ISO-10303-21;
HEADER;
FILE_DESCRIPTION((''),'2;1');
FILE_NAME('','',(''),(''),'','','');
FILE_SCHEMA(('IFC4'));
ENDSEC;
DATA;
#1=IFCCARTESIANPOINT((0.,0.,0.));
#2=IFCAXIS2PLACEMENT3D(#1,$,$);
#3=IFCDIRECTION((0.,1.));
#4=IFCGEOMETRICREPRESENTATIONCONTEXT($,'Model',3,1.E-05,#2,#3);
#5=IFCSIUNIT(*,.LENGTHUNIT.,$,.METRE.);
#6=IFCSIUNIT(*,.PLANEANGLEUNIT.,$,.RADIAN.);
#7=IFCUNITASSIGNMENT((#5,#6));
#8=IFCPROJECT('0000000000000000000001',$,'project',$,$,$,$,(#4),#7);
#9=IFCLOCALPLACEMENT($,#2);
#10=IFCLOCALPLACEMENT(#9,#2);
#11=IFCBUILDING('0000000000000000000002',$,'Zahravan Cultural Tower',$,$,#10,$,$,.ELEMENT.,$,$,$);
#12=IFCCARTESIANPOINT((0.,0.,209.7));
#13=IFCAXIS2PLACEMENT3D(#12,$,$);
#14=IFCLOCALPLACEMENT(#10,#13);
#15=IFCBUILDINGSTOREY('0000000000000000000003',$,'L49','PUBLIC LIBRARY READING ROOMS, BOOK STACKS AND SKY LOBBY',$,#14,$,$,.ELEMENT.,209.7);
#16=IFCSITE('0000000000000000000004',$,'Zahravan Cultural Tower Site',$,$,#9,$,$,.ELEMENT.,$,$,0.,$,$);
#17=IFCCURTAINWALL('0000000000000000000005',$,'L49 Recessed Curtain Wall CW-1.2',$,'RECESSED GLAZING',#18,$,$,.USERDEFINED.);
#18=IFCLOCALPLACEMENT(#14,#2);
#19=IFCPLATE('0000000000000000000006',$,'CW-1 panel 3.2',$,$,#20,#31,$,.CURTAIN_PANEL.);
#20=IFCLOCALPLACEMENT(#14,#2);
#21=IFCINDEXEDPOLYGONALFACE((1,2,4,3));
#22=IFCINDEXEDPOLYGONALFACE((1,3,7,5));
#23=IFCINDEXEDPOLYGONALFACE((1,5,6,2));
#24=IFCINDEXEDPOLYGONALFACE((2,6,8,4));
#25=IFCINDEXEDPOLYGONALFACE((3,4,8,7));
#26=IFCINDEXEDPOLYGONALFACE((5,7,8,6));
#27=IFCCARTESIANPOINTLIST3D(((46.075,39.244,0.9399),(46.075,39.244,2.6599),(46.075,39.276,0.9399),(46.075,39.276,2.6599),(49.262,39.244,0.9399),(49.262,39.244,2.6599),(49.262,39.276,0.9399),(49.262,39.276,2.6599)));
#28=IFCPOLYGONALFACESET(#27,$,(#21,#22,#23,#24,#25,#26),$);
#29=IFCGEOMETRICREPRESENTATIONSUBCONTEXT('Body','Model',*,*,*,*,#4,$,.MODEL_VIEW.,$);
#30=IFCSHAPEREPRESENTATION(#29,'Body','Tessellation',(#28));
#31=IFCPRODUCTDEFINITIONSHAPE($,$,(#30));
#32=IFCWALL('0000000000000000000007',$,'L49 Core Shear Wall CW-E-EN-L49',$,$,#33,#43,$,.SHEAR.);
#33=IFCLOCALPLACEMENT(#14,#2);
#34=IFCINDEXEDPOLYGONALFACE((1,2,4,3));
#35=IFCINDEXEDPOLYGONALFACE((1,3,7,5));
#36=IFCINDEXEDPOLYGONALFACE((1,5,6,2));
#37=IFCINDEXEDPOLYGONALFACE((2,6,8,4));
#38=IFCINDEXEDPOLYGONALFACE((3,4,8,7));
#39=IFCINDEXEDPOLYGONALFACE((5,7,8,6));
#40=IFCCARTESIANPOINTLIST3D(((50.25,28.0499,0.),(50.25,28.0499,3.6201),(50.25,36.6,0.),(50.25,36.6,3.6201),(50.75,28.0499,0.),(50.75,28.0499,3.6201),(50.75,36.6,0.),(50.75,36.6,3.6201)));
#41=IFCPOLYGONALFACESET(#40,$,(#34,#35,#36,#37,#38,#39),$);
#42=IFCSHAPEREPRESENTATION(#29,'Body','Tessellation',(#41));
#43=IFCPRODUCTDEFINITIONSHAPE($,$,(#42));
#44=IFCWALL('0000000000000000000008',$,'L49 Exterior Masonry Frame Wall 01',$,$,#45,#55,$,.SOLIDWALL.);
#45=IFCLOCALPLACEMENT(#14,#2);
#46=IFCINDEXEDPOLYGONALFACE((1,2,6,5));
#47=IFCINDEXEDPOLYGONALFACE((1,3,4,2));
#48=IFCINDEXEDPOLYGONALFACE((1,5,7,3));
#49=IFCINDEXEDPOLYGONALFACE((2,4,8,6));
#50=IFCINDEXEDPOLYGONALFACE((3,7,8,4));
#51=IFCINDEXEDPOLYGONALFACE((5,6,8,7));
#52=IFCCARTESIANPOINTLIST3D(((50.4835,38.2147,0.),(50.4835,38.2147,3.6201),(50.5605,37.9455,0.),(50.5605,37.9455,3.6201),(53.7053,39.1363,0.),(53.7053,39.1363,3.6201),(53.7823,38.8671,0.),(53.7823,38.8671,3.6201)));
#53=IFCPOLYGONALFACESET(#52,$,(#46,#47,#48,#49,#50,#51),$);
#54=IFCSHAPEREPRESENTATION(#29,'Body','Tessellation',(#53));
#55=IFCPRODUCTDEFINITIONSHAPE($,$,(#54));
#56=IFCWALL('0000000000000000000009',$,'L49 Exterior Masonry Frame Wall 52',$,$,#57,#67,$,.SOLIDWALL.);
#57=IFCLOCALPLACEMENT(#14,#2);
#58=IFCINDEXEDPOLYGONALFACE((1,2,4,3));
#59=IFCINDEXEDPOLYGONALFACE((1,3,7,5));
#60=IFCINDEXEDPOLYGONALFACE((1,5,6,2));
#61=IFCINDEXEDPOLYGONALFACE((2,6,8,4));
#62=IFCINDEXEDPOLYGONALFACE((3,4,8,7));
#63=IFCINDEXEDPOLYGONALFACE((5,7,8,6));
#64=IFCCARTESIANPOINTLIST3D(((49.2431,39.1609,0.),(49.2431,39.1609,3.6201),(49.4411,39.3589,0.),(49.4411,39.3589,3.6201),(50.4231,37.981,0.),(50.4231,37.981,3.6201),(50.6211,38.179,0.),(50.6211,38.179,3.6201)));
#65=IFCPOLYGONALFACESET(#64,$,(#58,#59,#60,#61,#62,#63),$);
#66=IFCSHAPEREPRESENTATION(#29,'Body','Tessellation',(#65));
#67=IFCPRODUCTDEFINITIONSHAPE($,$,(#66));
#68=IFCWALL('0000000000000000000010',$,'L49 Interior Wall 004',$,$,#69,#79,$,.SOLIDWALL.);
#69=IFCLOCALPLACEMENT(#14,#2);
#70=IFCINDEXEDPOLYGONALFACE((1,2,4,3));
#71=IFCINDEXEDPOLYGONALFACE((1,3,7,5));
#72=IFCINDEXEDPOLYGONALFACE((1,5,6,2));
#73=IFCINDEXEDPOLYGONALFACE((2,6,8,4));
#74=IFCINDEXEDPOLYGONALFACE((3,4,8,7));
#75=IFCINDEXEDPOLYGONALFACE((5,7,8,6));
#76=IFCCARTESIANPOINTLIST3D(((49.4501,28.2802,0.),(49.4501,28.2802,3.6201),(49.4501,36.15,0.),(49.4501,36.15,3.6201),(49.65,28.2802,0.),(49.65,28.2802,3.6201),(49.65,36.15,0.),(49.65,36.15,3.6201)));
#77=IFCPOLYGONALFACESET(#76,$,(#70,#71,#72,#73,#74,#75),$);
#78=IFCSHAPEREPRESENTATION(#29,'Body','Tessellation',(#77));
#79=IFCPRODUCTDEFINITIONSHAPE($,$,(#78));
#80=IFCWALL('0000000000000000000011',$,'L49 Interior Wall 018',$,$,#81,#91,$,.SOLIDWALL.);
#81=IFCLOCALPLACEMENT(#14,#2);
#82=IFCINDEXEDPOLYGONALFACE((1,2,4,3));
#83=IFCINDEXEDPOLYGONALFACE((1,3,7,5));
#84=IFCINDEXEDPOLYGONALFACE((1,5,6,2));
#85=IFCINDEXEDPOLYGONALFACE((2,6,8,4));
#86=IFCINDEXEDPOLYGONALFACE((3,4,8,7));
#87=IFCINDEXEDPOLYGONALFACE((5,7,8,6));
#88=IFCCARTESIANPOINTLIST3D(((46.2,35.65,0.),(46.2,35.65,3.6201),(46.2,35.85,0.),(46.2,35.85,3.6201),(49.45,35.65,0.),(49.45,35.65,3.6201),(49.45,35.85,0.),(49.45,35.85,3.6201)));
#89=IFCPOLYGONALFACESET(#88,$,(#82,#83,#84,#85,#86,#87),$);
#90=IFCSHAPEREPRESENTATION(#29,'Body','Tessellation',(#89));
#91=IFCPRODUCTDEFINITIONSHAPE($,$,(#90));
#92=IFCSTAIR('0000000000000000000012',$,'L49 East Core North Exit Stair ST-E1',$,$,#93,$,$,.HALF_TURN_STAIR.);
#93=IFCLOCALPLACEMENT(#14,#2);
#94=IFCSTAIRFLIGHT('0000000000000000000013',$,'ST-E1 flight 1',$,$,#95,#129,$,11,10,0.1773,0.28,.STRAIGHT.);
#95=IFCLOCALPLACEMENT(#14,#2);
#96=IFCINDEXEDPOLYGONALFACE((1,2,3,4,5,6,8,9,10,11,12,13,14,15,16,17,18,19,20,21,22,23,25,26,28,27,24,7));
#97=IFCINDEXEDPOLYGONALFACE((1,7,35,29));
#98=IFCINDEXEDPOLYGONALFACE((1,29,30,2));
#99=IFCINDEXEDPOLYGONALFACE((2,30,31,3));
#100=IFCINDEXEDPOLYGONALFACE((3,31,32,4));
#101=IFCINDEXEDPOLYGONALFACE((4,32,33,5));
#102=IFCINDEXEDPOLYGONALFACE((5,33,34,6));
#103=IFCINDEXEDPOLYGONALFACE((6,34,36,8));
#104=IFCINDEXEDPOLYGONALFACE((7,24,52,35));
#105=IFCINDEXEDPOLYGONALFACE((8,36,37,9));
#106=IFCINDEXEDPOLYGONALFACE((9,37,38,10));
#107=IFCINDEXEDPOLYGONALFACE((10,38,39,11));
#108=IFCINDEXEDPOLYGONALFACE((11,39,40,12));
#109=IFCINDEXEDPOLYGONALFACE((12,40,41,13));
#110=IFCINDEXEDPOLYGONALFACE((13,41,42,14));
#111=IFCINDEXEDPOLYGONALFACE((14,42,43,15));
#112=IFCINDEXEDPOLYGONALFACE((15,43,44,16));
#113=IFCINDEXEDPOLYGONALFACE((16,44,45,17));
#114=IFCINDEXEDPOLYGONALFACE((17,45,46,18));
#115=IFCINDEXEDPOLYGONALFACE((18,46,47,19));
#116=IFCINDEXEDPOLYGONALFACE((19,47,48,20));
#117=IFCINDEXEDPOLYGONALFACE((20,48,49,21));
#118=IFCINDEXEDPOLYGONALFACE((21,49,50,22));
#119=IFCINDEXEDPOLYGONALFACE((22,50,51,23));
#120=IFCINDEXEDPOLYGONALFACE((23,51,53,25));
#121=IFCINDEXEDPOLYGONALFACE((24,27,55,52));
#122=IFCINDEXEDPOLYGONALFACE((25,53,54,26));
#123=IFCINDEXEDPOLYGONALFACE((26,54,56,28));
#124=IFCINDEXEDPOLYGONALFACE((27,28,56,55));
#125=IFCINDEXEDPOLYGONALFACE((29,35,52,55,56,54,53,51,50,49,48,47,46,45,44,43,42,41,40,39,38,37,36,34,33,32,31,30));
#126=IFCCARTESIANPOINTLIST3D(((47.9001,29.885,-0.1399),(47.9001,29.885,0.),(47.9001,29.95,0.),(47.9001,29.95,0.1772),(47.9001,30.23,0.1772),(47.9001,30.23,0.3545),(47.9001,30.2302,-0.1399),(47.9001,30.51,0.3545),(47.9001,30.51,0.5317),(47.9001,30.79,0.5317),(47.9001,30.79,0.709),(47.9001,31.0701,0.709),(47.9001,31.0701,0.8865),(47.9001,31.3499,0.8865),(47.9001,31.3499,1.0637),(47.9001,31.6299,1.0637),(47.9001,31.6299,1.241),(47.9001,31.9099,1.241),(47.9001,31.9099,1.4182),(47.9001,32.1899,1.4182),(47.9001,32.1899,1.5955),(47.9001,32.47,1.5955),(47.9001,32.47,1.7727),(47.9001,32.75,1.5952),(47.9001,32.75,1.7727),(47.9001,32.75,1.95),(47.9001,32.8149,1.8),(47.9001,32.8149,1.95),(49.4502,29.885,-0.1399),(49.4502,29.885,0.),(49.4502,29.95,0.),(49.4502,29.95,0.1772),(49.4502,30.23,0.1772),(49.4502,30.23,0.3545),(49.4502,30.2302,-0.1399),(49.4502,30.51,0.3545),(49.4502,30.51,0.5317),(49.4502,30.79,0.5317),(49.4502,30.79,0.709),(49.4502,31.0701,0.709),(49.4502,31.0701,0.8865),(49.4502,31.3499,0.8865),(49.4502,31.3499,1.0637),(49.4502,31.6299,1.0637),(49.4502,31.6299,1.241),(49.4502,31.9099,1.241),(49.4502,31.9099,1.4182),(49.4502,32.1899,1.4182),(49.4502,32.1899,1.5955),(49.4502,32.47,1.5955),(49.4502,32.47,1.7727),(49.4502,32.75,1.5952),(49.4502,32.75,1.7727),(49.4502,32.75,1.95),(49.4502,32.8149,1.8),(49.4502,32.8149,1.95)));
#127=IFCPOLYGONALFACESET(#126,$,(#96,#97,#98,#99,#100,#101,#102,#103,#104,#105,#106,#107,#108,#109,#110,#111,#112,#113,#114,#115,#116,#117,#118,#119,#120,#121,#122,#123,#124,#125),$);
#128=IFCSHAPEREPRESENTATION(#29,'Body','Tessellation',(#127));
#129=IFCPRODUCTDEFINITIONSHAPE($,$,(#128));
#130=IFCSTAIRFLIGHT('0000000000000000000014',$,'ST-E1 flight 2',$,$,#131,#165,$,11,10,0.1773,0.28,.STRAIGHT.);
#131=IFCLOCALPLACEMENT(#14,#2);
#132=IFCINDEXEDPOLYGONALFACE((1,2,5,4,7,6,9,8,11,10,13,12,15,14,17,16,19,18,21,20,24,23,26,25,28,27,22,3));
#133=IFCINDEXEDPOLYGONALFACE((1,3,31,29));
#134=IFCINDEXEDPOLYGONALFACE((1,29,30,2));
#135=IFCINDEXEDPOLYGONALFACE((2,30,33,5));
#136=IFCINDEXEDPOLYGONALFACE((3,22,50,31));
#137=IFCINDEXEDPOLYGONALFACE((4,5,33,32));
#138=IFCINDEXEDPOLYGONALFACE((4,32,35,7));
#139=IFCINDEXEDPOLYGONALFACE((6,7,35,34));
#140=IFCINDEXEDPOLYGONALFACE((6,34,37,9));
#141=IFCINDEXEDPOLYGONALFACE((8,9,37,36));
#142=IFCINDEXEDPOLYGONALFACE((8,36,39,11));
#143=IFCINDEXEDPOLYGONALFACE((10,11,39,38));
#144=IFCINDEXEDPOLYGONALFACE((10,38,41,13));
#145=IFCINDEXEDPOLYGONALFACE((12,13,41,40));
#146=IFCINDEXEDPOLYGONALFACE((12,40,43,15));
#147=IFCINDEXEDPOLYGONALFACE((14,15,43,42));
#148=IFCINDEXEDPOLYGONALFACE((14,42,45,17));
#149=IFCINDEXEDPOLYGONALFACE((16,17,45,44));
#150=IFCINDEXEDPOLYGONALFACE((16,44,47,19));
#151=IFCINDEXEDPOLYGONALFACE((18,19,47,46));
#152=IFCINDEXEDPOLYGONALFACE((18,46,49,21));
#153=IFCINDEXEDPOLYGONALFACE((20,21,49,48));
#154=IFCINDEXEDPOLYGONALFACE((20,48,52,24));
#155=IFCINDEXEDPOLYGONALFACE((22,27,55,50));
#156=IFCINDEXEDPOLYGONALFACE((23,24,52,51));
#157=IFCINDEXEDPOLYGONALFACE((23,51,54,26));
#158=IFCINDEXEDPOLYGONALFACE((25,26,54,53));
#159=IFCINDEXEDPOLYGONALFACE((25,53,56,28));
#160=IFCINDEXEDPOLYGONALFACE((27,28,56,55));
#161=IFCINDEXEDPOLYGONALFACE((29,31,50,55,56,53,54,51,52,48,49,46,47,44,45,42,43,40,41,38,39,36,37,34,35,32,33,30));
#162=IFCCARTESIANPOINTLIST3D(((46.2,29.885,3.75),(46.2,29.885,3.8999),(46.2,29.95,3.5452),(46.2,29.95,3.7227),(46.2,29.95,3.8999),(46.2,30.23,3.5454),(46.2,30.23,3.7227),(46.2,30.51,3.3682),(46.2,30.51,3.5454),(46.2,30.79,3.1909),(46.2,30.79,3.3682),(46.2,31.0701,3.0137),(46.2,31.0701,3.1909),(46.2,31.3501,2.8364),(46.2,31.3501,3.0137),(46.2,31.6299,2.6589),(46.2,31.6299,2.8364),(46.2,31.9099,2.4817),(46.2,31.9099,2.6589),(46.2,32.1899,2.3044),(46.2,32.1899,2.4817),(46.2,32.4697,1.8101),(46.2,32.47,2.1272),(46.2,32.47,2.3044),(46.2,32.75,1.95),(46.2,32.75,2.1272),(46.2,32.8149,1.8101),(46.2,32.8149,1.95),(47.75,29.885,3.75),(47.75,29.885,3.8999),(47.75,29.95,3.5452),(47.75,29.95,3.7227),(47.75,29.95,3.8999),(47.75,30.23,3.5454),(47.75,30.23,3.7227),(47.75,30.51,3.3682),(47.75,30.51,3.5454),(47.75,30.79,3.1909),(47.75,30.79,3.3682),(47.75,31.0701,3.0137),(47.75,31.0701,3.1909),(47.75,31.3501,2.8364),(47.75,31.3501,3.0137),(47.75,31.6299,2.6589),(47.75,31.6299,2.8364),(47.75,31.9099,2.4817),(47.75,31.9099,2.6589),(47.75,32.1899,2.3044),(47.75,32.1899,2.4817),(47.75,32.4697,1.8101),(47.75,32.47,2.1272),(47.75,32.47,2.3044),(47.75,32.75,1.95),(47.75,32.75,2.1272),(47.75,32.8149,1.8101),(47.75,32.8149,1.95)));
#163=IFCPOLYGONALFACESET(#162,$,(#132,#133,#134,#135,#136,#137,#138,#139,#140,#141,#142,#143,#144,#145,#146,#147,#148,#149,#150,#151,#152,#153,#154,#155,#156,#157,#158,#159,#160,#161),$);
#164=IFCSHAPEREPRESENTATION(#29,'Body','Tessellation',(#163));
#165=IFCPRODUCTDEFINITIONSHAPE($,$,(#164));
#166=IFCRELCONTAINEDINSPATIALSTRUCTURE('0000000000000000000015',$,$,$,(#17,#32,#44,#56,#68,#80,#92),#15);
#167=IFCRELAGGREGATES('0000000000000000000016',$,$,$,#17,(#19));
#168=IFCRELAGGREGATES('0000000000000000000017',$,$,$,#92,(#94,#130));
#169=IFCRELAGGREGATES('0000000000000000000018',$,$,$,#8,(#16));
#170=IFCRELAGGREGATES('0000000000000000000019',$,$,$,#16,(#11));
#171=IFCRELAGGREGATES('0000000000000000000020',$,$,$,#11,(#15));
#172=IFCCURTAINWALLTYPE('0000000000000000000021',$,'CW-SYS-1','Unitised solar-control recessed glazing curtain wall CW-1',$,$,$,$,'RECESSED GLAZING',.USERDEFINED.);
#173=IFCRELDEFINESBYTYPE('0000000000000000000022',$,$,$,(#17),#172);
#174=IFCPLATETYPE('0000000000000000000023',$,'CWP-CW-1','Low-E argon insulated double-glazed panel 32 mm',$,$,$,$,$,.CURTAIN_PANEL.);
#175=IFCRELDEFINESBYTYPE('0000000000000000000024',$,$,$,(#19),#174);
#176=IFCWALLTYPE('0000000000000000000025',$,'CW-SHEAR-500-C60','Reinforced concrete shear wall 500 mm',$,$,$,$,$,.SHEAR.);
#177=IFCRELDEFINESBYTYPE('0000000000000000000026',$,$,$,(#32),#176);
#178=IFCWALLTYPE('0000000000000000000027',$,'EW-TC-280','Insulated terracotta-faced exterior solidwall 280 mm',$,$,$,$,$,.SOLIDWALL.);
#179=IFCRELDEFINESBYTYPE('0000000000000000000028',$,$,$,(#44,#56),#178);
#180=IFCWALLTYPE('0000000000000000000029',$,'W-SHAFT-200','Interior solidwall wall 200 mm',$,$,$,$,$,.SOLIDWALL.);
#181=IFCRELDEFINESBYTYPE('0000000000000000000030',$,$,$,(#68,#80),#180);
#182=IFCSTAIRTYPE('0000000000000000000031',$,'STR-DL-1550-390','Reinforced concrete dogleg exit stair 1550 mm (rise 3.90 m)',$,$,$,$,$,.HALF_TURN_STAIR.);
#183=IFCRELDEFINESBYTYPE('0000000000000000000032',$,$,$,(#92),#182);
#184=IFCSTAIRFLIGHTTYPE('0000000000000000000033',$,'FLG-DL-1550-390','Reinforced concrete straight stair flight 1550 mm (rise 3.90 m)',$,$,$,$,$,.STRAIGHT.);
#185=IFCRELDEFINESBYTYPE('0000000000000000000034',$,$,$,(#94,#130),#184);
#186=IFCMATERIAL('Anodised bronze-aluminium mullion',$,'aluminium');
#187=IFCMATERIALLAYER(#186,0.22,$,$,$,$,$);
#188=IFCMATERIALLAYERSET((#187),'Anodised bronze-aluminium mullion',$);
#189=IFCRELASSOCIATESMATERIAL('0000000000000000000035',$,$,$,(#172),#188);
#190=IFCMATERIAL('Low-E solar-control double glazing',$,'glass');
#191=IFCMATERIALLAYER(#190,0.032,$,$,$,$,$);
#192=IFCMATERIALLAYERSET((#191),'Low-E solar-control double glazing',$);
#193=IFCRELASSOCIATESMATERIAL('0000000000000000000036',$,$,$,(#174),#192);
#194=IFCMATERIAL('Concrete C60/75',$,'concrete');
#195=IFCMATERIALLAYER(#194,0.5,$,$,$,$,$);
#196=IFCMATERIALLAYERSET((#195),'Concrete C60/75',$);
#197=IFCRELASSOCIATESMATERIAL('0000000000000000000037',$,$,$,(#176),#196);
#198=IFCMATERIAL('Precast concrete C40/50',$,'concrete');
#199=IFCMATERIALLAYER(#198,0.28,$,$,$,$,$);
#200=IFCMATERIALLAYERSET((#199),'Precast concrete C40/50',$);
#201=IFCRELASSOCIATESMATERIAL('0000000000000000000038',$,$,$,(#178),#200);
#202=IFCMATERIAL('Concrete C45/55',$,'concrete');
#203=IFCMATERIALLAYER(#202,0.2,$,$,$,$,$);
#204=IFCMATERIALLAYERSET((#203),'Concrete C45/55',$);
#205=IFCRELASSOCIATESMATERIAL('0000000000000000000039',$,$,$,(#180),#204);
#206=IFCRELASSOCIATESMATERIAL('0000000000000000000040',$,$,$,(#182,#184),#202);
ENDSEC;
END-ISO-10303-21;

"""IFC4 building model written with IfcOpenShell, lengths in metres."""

from ifc_helpers import new_model, si_unit, direction, frame, frame_2d, origin, origin_2d, place, context, subcontext, project, spatial, polyline, rectangle, outline, extrude, source, transform, mapped, material, layer, layer_set, type_object, element, aggregate, save


model = new_model("IFC4")

# Units and contexts
model_context = context("Model", 3, precision=1e-05, world=origin(), true_north=direction((0.0, 1.0)))
body_context = subcontext(model_context, "Body", "Model", "MODEL_VIEW")
ifc_project = project(units=[si_unit("LENGTHUNIT", "METRE"), si_unit("PLANEANGLEUNIT", "RADIAN")], contexts=[model_context])

# Site, building, storey
site_placement = place(None, origin())
site = spatial("IfcSite", under=ifc_project, at=site_placement, Name="Zahravan Cultural Tower Site", CompositionType="ELEMENT", RefElevation=0.0)
building_placement = place(site_placement, origin())
building = spatial("IfcBuilding", under=site, at=building_placement, Name="Zahravan Cultural Tower", CompositionType="ELEMENT")
storey_placement = place(building_placement, frame((0.0, 0.0, 209.7)))
storey = spatial("IfcBuildingStorey", under=building, at=storey_placement, Name="L49", Description="PUBLIC LIBRARY READING ROOMS, BOOK STACKS AND SKY LOBBY", CompositionType="ELEMENT", Elevation=209.7)

# Curtain wall, plate
ifc_material_1 = material(Name="Anodised bronze-aluminium mullion", Category="aluminium")
ifc_layer_1 = layer(ifc_material_1, 0.22)
ifc_layer_set_1 = layer_set([ifc_layer_1], Name="Anodised bronze-aluminium mullion")
curtain_wall_type = type_object("IfcCurtainWallType", Name="CW-SYS-1", Description="Unitised solar-control recessed glazing curtain wall CW-1", ElementType="RECESSED GLAZING", PredefinedType="USERDEFINED", material=ifc_layer_set_1)
curtain_wall_placement = place(storey_placement, origin())
curtain_wall = element("IfcCurtainWall", 1, at=curtain_wall_placement, inside=storey, type_object=curtain_wall_type, Name="L49 Recessed Curtain Wall CW-1.2", ObjectType="RECESSED GLAZING", PredefinedType="USERDEFINED")
ifc_material_2 = material(Name="Low-E solar-control double glazing", Category="glass")
ifc_layer_2 = layer(ifc_material_2, 0.032)
ifc_layer_set_2 = layer_set([ifc_layer_2], Name="Low-E solar-control double glazing")
plate_type = type_object("IfcPlateType", Name="CWP-CW-1", Description="Low-E argon insulated double-glazed panel 32 mm", PredefinedType="CURTAIN_PANEL", material=ifc_layer_set_2)
shared_shape_1 = source(origin(), body_context, "Body", "SweptSolid", [
    extrude(rectangle(XDim=3.187, YDim=0.032, at=origin_2d()), origin(), (0.0, 0.0, 1.0), 1.72),
])
plate_1_placement = place(storey_placement, frame((47.6685, 39.26, 0.9399), z_axis=(0.0, 0.0, 1.0), x_axis=(1.0, 0.0, 0.0)))
plate_1 = element("IfcPlate", 2, at=plate_1_placement, type_object=plate_type, Name="CW-1 panel 3.2", PredefinedType="CURTAIN_PANEL", context=body_context, shape_type="MappedRepresentation", body=[
    mapped(shared_shape_1, transform((0.0, 0.0, 0.0), x_axis=(1.0, 0.0, 0.0), y_axis=(0.0, 1.0, 0.0), z_axis=(0.0, 0.0, 1.0), scale=1.0)),
])
aggregate(curtain_wall, [plate_1])

# Walls
ifc_material_3 = material(Name="Concrete C60/75", Category="concrete")
ifc_layer_3 = layer(ifc_material_3, 0.5)
ifc_layer_set_3 = layer_set([ifc_layer_3], Name="Concrete C60/75")
wall_type_1 = type_object("IfcWallType", Name="CW-SHEAR-500-C60", Description="Reinforced concrete shear wall 500 mm", PredefinedType="SHEAR", material=ifc_layer_set_3)
shared_shape_2 = source(origin(), body_context, "Body", "SweptSolid", [
    extrude(rectangle(XDim=8.55, YDim=0.5, at=frame_2d((4.2749, 0.0))), origin(), (0.0, 0.0, 1.0), 3.6201),
])
wall_1_placement = place(storey_placement, frame((50.5, 28.05, 0.0), z_axis=(0.0, 0.0, 1.0), x_axis=(0.0, 1.0, 0.0)))
element("IfcWall", 3, at=wall_1_placement, inside=storey, type_object=wall_type_1, Name="L49 Core Shear Wall CW-E-EN-L49", PredefinedType="SHEAR", context=body_context, shape_type="MappedRepresentation", body=[
    mapped(shared_shape_2, transform((0.0, 0.0, 0.0), x_axis=(1.0, 0.0, 0.0), y_axis=(0.0, 1.0, 0.0), z_axis=(0.0, 0.0, 1.0), scale=1.0)),
])
ifc_material_4 = material(Name="Precast concrete C40/50", Category="concrete")
ifc_layer_4 = layer(ifc_material_4, 0.28)
ifc_layer_set_4 = layer_set([ifc_layer_4], Name="Precast concrete C40/50")
wall_type_2 = type_object("IfcWallType", Name="EW-TC-280", Description="Insulated terracotta-faced exterior solidwall 280 mm", PredefinedType="SOLIDWALL", material=ifc_layer_set_4)
shared_shape_3 = source(origin(), body_context, "Body", "SweptSolid", [
    extrude(rectangle(XDim=3.3511, YDim=0.28, at=frame_2d((1.6755, 0.0))), origin(), (0.0, 0.0, 1.0), 3.6201),
])
wall_2_placement = place(storey_placement, frame((50.522, 38.0801, 0.0), z_axis=(0.0, 0.0, 1.0), x_axis=(0.961439, 0.275019, 0.0)))
element("IfcWall", 4, at=wall_2_placement, inside=storey, type_object=wall_type_2, Name="L49 Exterior Masonry Frame Wall 01", PredefinedType="SOLIDWALL", context=body_context, shape_type="MappedRepresentation", body=[
    mapped(shared_shape_3, transform((0.0, 0.0, 0.0), x_axis=(1.0, 0.0, 0.0), y_axis=(0.0, 1.0, 0.0), z_axis=(0.0, 0.0, 1.0), scale=1.0)),
])
shared_shape_4 = source(origin(), body_context, "Body", "SweptSolid", [
    extrude(rectangle(XDim=1.6687, YDim=0.28, at=frame_2d((0.8345, 0.0))), origin(), (0.0, 0.0, 1.0), 3.6201),
])
wall_3_placement = place(storey_placement, frame((49.342, 39.26, 0.0), z_axis=(0.0, 0.0, 1.0), x_axis=(0.707107, -0.707107, 0.0)))
element("IfcWall", 5, at=wall_3_placement, inside=storey, type_object=wall_type_2, Name="L49 Exterior Masonry Frame Wall 52", PredefinedType="SOLIDWALL", context=body_context, shape_type="MappedRepresentation", body=[
    mapped(shared_shape_4, transform((0.0, 0.0, 0.0), x_axis=(1.0, 0.0, 0.0), y_axis=(0.0, 1.0, 0.0), z_axis=(0.0, 0.0, 1.0), scale=1.0)),
])
ifc_material_5 = material(Name="Concrete C45/55", Category="concrete")
ifc_layer_5 = layer(ifc_material_5, 0.2)
ifc_layer_set_5 = layer_set([ifc_layer_5], Name="Concrete C45/55")
wall_type_3 = type_object("IfcWallType", Name="W-SHAFT-200", Description="Interior solidwall wall 200 mm", PredefinedType="SOLIDWALL", material=ifc_layer_set_5)
shared_shape_5 = source(origin(), body_context, "Body", "SweptSolid", [
    extrude(rectangle(XDim=7.8699, YDim=0.2, at=frame_2d((3.9351, 0.0))), origin(), (0.0, 0.0, 1.0), 3.6201),
])
wall_4_placement = place(storey_placement, frame((49.55, 28.28, 0.0), z_axis=(0.0, 0.0, 1.0), x_axis=(0.0, 1.0, 0.0)))
element("IfcWall", 6, at=wall_4_placement, inside=storey, type_object=wall_type_3, Name="L49 Interior Wall 004", PredefinedType="SOLIDWALL", context=body_context, shape_type="MappedRepresentation", body=[
    mapped(shared_shape_5, transform((0.0, 0.0, 0.0), x_axis=(1.0, 0.0, 0.0), y_axis=(0.0, 1.0, 0.0), z_axis=(0.0, 0.0, 1.0), scale=1.0)),
])
shared_shape_6 = source(origin(), body_context, "Body", "SweptSolid", [
    extrude(rectangle(XDim=3.25, YDim=0.2, at=frame_2d((1.625, 0.0))), origin(), (0.0, 0.0, 1.0), 3.6201),
])
wall_5_placement = place(storey_placement, frame((46.2, 35.75, 0.0), z_axis=(0.0, 0.0, 1.0), x_axis=(1.0, 0.0, 0.0)))
element("IfcWall", 7, at=wall_5_placement, inside=storey, type_object=wall_type_3, Name="L49 Interior Wall 018", PredefinedType="SOLIDWALL", context=body_context, shape_type="MappedRepresentation", body=[
    mapped(shared_shape_6, transform((0.0, 0.0, 0.0), x_axis=(1.0, 0.0, 0.0), y_axis=(0.0, 1.0, 0.0), z_axis=(0.0, 0.0, 1.0), scale=1.0)),
])

# Stair, stair flights
stair_type = type_object("IfcStairType", Name="STR-DL-1550-390", Description="Reinforced concrete dogleg exit stair 1550 mm (rise 3.90 m)", PredefinedType="HALF_TURN_STAIR", material=ifc_material_5)
stair_placement = place(storey_placement, origin())
stair = element("IfcStair", 8, at=stair_placement, inside=storey, type_object=stair_type, Name="L49 East Core North Exit Stair ST-E1", PredefinedType="HALF_TURN_STAIR")
stair_flight_type = type_object("IfcStairFlightType", Name="FLG-DL-1550-390", Description="Reinforced concrete straight stair flight 1550 mm (rise 3.90 m)", PredefinedType="STRAIGHT", material=ifc_material_5)
stair_flight_1_placement = place(storey_placement, frame((48.675, 29.95, 0.0), z_axis=(0.0, 0.0, 1.0), x_axis=(0.0, 1.0, 0.0)))
stair_flight_1 = element("IfcStairFlight", 9, at=stair_flight_1_placement, type_object=stair_flight_type, Name="ST-E1 flight 1", NumberOfRisers=11, NumberOfTreads=10, PredefinedType="STRAIGHT", RiserHeight=0.1773, TreadLength=0.28, context=body_context, shape_type="SweptSolid", body=[
    extrude(outline(polyline([(-0.0649, -0.1399), (-0.0649, 0.0), (0.0, 0.0), (0.0, 0.1772), (0.28, 0.1772), (0.28, 0.3545), (0.5601, 0.3545), (0.5601, 0.5317), (0.8401, 0.5317), (0.8401, 0.709), (1.1201, 0.709), (1.1201, 0.8865), (1.3999, 0.8865), (1.3999, 1.0637), (1.6799, 1.0637), (1.6799, 1.241), (1.96, 1.241), (1.96, 1.4182), (2.24, 1.4182), (2.24, 1.5955), (2.52, 1.5955), (2.52, 1.7727), (2.8, 1.7727), (2.8, 1.95), (2.865, 1.95), (2.865, 1.8), (2.8, 1.5952), (0.2803, -0.1399), (-0.0649, -0.1399)])), frame((0.0, 0.7749, 0.0), z_axis=(0.0, -1.0, 0.0), x_axis=(1.0, 0.0, 0.0)), (0.0, 0.0, 1.0), 1.55),
])
stair_flight_2_placement = place(storey_placement, frame((46.9751, 32.75, 1.95), z_axis=(0.0, 0.0, 1.0), x_axis=(0.0, -1.0, 0.0)))
stair_flight_2 = element("IfcStairFlight", 10, at=stair_flight_2_placement, type_object=stair_flight_type, Name="ST-E1 flight 2", NumberOfRisers=11, NumberOfTreads=10, PredefinedType="STRAIGHT", RiserHeight=0.1773, TreadLength=0.28, context=body_context, shape_type="SweptSolid", body=[
    extrude(outline(polyline([(-0.0649, -0.1399), (-0.0649, 0.0), (0.0, 0.0), (0.0, 0.1772), (0.28, 0.1772), (0.28, 0.3545), (0.5601, 0.3545), (0.5601, 0.5317), (0.8401, 0.5317), (0.8401, 0.709), (1.1201, 0.709), (1.1201, 0.8865), (1.3999, 0.8865), (1.3999, 1.0637), (1.6799, 1.0637), (1.6799, 1.241), (1.96, 1.241), (1.96, 1.4182), (2.24, 1.4182), (2.24, 1.5955), (2.52, 1.5955), (2.52, 1.7727), (2.8, 1.7727), (2.8, 1.95), (2.865, 1.95), (2.865, 1.8), (2.8, 1.5952), (0.2803, -0.1399), (-0.0649, -0.1399)])), frame((0.0, 0.7749, 0.0), z_axis=(0.0, -1.0, 0.0), x_axis=(1.0, 0.0, 0.0)), (0.0, 0.0, 1.0), 1.55),
])
aggregate(stair, [stair_flight_1, stair_flight_2])

save(model, "model.ifc")
